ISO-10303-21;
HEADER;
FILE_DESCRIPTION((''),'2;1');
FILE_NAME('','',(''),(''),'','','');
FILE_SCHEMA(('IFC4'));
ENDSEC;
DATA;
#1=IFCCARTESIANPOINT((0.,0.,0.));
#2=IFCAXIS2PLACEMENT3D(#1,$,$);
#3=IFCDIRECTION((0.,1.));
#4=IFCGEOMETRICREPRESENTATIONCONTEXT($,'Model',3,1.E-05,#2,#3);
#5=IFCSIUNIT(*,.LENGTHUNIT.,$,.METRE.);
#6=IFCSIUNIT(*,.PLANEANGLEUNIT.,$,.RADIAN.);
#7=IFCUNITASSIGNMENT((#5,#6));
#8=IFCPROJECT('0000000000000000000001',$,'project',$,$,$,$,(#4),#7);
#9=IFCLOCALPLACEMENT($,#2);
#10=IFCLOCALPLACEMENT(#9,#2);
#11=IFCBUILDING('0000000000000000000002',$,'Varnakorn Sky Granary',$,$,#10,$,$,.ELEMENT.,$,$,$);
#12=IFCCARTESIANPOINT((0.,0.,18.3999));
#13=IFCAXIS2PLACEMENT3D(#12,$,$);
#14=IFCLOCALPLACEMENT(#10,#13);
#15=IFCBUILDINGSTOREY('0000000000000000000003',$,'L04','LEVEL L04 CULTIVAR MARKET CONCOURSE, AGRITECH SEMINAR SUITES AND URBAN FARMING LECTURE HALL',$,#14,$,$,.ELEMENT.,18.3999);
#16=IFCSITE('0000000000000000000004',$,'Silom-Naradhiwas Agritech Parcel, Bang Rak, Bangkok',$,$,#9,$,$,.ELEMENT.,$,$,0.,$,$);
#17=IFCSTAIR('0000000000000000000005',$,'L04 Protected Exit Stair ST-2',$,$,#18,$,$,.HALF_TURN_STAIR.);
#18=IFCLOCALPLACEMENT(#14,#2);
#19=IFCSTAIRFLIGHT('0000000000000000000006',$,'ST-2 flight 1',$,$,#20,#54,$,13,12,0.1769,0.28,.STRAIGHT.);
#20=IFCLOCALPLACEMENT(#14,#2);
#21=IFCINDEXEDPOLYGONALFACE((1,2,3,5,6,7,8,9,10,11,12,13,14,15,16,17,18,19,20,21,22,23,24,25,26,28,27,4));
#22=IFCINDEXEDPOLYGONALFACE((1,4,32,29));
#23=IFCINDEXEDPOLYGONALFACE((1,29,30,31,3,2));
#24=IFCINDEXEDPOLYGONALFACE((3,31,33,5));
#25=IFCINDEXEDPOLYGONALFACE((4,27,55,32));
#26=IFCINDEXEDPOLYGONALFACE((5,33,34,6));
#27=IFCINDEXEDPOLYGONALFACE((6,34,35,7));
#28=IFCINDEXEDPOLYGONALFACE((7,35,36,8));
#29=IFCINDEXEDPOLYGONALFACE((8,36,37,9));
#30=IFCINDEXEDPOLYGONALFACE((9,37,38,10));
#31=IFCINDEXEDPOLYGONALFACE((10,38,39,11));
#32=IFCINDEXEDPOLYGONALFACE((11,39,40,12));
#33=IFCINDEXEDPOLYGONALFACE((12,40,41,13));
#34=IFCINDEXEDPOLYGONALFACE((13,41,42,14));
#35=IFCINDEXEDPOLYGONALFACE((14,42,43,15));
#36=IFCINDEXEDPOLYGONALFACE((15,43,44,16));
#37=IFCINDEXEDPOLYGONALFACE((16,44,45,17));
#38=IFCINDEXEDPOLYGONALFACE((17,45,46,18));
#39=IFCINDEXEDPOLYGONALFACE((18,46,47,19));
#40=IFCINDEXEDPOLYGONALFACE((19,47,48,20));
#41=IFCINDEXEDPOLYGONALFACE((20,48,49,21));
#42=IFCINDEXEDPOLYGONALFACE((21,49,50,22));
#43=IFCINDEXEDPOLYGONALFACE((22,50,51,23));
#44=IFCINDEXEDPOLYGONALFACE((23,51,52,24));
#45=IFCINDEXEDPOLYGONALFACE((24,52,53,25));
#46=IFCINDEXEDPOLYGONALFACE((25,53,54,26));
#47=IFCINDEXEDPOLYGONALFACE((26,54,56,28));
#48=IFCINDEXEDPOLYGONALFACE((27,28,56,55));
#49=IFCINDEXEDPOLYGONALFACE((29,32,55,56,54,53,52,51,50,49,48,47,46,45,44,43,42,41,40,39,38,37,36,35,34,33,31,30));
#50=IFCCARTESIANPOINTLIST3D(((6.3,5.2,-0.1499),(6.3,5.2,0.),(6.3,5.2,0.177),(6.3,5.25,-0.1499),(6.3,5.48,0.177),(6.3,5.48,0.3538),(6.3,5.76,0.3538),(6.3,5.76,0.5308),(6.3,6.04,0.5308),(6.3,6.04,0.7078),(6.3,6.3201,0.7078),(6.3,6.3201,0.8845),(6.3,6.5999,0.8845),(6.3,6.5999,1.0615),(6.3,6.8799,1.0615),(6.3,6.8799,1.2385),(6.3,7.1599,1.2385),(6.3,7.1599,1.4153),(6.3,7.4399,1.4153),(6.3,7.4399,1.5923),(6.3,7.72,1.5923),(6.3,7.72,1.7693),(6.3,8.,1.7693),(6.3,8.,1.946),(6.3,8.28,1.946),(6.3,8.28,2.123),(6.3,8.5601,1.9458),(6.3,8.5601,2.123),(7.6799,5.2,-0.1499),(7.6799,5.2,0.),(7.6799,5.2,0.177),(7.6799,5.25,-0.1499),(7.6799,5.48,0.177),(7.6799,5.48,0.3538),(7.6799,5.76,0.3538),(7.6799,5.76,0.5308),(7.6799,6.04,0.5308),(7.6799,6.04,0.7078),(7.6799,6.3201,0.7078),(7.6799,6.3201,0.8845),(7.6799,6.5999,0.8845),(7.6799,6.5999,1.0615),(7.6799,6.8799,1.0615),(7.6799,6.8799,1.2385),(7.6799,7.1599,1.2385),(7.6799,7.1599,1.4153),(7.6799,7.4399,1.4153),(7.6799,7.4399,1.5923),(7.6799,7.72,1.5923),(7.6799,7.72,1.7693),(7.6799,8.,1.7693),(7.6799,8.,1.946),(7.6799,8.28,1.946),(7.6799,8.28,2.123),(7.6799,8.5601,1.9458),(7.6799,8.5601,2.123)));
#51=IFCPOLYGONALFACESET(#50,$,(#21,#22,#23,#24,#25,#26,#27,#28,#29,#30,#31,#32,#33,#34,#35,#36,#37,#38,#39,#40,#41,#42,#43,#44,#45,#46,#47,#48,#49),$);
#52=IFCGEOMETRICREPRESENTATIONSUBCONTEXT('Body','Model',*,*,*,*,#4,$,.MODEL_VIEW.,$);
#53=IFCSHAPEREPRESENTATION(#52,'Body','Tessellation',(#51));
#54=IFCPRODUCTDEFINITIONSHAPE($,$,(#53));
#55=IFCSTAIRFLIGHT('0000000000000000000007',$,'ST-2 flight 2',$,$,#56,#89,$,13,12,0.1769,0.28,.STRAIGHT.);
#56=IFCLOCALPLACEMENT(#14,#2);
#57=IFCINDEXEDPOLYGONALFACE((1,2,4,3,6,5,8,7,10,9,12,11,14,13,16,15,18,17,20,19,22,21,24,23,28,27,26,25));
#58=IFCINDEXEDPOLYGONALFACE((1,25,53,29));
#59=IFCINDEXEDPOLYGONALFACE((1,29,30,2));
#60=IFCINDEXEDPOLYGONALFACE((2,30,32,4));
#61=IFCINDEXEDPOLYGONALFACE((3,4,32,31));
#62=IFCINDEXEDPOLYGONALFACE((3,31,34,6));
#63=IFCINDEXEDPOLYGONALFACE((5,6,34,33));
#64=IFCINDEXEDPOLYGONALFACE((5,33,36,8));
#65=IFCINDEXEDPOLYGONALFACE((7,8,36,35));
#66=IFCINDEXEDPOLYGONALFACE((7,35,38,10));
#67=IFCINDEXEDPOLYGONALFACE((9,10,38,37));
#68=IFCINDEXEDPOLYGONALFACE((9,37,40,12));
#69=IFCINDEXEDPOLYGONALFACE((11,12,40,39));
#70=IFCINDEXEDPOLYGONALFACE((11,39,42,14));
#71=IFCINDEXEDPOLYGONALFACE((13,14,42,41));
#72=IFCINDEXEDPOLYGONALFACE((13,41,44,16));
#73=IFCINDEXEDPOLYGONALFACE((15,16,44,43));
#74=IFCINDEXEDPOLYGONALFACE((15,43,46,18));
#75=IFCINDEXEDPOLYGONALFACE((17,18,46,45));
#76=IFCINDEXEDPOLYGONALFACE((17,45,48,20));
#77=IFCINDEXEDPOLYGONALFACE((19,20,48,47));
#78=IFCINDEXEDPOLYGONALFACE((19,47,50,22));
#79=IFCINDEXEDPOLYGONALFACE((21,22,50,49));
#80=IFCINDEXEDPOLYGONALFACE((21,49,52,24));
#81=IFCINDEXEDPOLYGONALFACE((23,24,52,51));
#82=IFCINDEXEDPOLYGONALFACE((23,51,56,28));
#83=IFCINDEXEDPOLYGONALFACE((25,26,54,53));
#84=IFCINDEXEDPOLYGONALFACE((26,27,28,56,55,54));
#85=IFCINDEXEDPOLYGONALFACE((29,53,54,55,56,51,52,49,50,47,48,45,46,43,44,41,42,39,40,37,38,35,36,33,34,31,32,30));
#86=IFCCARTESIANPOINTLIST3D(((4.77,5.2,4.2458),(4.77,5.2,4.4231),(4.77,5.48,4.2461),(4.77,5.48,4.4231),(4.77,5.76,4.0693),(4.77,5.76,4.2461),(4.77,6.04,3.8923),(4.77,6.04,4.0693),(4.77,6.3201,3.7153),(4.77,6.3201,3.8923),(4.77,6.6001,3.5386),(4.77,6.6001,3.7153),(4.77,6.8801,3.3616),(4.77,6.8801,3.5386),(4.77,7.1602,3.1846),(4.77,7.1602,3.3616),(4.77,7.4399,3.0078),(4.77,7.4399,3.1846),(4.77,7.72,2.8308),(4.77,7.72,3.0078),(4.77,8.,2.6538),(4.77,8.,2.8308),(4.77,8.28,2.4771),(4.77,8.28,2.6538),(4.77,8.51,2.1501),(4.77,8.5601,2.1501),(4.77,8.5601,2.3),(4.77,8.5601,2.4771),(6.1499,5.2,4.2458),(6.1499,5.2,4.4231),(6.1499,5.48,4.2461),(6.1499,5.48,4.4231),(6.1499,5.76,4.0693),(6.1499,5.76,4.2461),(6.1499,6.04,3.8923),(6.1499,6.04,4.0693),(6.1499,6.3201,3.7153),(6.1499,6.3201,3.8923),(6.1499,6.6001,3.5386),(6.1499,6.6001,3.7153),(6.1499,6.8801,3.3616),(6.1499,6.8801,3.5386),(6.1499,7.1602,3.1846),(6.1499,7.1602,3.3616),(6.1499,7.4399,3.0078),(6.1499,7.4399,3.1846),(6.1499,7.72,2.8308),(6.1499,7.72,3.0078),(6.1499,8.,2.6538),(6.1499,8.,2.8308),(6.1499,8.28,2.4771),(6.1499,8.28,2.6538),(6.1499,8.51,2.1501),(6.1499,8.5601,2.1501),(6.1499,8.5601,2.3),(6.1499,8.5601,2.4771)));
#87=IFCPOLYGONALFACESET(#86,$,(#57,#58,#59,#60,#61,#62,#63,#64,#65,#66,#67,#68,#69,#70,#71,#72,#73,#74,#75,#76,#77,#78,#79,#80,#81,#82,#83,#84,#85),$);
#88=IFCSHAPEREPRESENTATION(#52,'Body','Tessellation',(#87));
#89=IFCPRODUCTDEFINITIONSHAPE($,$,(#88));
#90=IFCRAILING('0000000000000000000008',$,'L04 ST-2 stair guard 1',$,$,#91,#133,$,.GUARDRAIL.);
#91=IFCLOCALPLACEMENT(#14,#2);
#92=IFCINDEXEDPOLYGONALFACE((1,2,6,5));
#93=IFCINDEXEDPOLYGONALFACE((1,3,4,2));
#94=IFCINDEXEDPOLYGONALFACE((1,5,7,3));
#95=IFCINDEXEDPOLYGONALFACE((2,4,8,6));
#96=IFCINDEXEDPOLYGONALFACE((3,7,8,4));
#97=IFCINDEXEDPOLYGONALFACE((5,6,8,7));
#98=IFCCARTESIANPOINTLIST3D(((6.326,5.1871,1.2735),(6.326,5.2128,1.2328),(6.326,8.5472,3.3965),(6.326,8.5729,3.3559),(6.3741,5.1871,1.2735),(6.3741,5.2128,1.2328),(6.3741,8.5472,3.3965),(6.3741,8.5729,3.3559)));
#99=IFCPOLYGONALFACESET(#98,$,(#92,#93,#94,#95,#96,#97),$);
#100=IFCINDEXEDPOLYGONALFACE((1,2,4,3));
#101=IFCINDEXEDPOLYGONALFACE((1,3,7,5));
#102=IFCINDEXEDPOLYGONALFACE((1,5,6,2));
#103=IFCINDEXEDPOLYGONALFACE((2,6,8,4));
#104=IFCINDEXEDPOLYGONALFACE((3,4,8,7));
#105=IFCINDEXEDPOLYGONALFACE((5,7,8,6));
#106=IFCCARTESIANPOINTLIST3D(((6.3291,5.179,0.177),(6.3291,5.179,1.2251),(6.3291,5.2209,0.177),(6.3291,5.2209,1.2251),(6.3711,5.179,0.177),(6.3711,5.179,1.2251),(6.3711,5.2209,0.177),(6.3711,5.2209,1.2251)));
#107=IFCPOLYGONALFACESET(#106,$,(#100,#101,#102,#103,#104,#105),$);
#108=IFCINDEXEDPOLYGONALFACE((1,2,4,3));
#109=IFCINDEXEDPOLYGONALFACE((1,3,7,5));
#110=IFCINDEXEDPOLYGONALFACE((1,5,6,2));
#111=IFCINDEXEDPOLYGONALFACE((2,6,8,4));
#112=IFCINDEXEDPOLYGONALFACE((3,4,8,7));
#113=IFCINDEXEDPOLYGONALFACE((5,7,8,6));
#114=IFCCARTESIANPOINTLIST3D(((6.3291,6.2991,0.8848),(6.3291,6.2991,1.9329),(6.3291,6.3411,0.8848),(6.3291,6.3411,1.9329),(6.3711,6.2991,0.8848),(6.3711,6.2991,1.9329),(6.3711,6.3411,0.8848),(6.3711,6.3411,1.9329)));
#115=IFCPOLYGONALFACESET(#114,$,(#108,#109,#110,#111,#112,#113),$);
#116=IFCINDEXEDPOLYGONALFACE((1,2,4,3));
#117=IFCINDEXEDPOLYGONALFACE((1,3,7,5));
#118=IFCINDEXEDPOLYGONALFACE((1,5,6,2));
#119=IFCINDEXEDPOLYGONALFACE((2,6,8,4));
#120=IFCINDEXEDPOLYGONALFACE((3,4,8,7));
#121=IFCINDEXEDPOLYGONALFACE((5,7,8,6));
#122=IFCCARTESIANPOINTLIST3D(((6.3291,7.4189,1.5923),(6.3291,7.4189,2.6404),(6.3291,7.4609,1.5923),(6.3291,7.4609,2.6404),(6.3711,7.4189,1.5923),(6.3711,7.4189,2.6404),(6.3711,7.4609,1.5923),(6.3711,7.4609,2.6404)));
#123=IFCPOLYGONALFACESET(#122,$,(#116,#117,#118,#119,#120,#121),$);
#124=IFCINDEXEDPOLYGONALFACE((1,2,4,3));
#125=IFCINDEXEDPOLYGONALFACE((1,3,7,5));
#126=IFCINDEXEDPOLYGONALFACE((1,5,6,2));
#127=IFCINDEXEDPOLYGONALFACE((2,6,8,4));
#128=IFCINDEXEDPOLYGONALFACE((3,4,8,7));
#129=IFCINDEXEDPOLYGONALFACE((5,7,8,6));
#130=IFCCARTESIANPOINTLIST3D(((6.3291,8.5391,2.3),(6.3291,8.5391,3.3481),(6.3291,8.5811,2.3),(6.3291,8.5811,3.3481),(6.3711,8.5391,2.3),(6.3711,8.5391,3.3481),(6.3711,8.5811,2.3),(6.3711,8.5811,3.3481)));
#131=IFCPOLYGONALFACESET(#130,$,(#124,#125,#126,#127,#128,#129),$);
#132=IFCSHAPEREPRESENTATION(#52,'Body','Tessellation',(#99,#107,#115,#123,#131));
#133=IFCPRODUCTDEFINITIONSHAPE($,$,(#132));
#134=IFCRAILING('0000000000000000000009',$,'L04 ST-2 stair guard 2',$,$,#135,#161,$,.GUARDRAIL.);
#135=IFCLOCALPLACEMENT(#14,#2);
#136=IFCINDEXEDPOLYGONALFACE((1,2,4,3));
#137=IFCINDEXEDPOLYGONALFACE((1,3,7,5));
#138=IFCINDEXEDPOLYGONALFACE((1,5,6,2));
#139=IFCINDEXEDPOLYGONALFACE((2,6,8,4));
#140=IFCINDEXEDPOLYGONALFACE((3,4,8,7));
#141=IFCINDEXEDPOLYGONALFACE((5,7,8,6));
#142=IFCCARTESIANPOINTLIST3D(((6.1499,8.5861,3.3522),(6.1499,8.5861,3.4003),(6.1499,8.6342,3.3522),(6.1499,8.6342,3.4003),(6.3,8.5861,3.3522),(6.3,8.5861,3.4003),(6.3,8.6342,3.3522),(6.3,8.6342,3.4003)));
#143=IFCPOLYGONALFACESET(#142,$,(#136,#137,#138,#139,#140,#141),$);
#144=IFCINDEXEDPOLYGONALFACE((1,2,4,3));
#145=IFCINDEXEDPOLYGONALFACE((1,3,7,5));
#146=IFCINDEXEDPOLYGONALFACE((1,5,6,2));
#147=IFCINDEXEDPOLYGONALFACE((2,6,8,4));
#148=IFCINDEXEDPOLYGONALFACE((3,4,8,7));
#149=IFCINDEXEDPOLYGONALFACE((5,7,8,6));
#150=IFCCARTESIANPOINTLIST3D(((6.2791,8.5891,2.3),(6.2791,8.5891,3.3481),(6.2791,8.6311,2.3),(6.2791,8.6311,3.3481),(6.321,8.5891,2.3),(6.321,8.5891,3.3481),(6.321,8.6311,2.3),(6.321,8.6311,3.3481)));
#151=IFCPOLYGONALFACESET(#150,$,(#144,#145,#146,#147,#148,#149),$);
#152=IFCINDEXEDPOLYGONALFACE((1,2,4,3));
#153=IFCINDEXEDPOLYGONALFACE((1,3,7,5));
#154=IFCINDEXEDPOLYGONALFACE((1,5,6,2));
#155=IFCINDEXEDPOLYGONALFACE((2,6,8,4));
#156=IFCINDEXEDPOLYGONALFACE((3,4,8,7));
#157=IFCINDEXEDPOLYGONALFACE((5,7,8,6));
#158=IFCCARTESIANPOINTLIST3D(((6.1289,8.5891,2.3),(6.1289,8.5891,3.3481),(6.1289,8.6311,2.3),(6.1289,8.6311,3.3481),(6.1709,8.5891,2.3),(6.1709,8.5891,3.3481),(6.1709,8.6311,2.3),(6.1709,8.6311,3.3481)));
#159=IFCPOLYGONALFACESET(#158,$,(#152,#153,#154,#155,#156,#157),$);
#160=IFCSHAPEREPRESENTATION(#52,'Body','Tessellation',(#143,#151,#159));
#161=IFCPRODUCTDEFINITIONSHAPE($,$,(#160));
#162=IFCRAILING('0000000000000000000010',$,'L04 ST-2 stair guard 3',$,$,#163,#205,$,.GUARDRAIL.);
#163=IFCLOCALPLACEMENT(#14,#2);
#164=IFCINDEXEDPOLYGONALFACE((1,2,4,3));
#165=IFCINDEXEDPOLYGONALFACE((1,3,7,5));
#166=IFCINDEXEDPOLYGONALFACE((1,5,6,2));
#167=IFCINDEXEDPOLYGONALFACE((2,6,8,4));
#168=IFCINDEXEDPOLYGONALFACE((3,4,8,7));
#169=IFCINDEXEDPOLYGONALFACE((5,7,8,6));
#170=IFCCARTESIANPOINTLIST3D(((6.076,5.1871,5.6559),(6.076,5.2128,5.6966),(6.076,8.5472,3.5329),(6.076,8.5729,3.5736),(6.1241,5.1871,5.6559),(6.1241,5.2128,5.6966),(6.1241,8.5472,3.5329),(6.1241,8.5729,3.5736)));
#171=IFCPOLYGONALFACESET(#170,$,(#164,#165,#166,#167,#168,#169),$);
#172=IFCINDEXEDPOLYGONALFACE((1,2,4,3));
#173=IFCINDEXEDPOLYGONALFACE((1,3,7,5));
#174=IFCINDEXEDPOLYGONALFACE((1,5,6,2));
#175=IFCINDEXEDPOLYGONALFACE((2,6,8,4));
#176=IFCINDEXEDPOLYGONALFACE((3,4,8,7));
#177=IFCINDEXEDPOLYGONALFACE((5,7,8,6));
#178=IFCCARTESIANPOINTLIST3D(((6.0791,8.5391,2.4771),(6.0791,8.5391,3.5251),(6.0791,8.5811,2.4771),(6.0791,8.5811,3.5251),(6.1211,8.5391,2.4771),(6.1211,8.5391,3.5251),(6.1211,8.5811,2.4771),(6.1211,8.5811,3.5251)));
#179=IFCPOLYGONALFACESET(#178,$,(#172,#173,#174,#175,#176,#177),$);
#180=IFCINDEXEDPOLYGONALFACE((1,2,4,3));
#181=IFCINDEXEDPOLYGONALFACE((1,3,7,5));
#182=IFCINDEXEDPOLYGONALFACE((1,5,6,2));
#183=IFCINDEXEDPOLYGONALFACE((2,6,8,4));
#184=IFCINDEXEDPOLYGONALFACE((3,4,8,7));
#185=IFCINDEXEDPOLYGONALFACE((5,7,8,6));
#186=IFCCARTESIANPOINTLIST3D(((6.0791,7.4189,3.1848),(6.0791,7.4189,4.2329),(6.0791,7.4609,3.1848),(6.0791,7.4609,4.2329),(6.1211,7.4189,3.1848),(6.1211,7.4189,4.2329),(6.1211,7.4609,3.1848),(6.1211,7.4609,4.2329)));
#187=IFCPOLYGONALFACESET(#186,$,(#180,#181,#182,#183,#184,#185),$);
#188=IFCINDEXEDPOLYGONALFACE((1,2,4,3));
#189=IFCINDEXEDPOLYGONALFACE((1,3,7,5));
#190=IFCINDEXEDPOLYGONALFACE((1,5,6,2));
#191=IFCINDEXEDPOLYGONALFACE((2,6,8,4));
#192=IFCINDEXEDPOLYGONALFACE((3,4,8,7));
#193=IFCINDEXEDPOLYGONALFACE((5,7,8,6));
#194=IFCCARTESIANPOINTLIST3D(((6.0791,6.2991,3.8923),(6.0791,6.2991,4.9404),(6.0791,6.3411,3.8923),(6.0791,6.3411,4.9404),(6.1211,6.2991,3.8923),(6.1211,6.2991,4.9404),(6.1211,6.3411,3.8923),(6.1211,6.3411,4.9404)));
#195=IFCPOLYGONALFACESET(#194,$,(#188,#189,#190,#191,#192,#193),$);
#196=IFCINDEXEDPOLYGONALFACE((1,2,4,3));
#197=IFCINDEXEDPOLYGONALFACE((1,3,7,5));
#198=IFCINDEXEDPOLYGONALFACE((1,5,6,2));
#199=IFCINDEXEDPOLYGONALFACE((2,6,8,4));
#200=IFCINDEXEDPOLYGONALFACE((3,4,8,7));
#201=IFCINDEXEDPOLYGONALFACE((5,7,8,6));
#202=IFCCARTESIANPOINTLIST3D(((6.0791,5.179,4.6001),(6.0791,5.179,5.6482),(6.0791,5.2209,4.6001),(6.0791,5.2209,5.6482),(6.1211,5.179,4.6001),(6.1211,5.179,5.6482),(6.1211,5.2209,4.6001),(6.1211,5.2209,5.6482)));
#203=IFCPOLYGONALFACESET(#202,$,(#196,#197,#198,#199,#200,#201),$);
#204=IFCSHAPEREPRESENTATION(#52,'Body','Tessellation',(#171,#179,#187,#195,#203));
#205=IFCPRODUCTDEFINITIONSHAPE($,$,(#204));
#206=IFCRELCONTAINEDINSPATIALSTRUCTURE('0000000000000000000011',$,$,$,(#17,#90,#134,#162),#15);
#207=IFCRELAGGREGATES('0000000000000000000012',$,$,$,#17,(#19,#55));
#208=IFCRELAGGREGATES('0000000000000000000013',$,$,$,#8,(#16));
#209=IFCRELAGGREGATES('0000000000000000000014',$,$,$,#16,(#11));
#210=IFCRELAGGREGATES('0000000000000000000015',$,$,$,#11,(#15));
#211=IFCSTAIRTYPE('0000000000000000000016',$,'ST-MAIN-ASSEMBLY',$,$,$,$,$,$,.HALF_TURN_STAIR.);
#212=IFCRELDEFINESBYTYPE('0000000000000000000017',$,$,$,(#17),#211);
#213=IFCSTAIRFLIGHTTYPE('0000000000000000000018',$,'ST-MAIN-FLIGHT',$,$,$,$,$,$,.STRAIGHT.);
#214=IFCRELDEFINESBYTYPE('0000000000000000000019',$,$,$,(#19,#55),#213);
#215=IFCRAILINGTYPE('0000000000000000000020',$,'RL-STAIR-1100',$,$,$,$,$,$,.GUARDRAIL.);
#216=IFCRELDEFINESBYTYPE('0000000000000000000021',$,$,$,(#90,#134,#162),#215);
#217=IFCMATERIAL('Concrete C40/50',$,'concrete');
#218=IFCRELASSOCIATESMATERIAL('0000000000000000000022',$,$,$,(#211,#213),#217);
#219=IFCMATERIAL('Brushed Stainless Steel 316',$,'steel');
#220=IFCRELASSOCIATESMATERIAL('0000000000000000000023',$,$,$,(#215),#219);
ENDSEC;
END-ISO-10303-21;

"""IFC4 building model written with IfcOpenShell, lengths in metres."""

from ifc_helpers import new_model, si_unit, direction, frame, origin, origin_2d, place, context, subcontext, project, spatial, polyline, rectangle, outline, extrude, material, type_object, element, aggregate, save


model = new_model("IFC4")

# Units and contexts
model_context = context("Model", 3, precision=1e-05, world=origin(), true_north=direction((0.0, 1.0)))
body_context = subcontext(model_context, "Body", "Model", "MODEL_VIEW")
ifc_project = project(units=[si_unit("LENGTHUNIT", "METRE"), si_unit("PLANEANGLEUNIT", "RADIAN")], contexts=[model_context])

# Site, building, storey
site_placement = place(None, origin())
site = spatial("IfcSite", under=ifc_project, at=site_placement, Name="Silom-Naradhiwas Agritech Parcel, Bang Rak, Bangkok", CompositionType="ELEMENT", RefElevation=0.0)
building_placement = place(site_placement, origin())
building = spatial("IfcBuilding", under=site, at=building_placement, Name="Varnakorn Sky Granary", CompositionType="ELEMENT")
storey_placement = place(building_placement, frame((0.0, 0.0, 18.3999)))
storey = spatial("IfcBuildingStorey", under=building, at=storey_placement, Name="L04", Description="LEVEL L04 CULTIVAR MARKET CONCOURSE, AGRITECH SEMINAR SUITES AND URBAN FARMING LECTURE HALL", CompositionType="ELEMENT", Elevation=18.3999)

# Shared definitions
ifc_material_1 = material(Name="Concrete C40/50", Category="concrete")
stair_type = type_object("IfcStairType", Name="ST-MAIN-ASSEMBLY", PredefinedType="HALF_TURN_STAIR", material=ifc_material_1)
stair_flight_type = type_object("IfcStairFlightType", Name="ST-MAIN-FLIGHT", PredefinedType="STRAIGHT", material=ifc_material_1)

# Stair, stair flights
stair_1_placement = place(storey_placement, origin())
stair_1 = element("IfcStair", 1, at=stair_1_placement, inside=storey, type_object=stair_type, Name="L04 Protected Exit Stair ST-2", PredefinedType="HALF_TURN_STAIR")
stair_flight_1_placement = place(storey_placement, frame((6.99, 5.2, 0.0), z_axis=(0.0, 0.0, 1.0), x_axis=(0.0, 1.0, 0.0)))
stair_flight_1 = element("IfcStairFlight", 2, at=stair_flight_1_placement, type_object=stair_flight_type, Name="ST-2 flight 1", NumberOfRisers=13, NumberOfTreads=12, PredefinedType="STRAIGHT", RiserHeight=0.1769, TreadLength=0.28, context=body_context, shape_type="SweptSolid", body=[
    extrude(outline(polyline([(0.0, -0.1499), (0.0, 0.0), (0.0, 0.177), (0.28, 0.177), (0.28, 0.3538), (0.5601, 0.3538), (0.5601, 0.5308), (0.8401, 0.5308), (0.8401, 0.7078), (1.1201, 0.7078), (1.1201, 0.8845), (1.3999, 0.8845), (1.3999, 1.0615), (1.6799, 1.0615), (1.6799, 1.2385), (1.96, 1.2385), (1.96, 1.4153), (2.24, 1.4153), (2.24, 1.5923), (2.52, 1.5923), (2.52, 1.7693), (2.8, 1.7693), (2.8, 1.946), (3.0801, 1.946), (3.0801, 2.123), (3.3601, 2.123), (3.3601, 2.3), (3.3601, 1.9458), (0.05, -0.1499), (0.0, -0.1499)])), frame((0.0, 0.6899, 0.0), z_axis=(0.0, -1.0, 0.0), x_axis=(1.0, 0.0, 0.0)), (0.0, 0.0, 1.0), 1.3799),
])
stair_flight_2_placement = place(storey_placement, frame((5.46, 8.5601, 2.3), z_axis=(0.0, 0.0, 1.0), x_axis=(0.0, -1.0, 0.0)))
stair_flight_2 = element("IfcStairFlight", 3, at=stair_flight_2_placement, type_object=stair_flight_type, Name="ST-2 flight 2", NumberOfRisers=13, NumberOfTreads=12, PredefinedType="STRAIGHT", RiserHeight=0.1769, TreadLength=0.28, context=body_context, shape_type="SweptSolid", body=[
    extrude(outline(polyline([(0.0, -0.1499), (0.0, 0.0), (0.0, 0.177), (0.28, 0.177), (0.28, 0.3538), (0.5601, 0.3538), (0.5601, 0.5308), (0.8401, 0.5308), (0.8401, 0.7078), (1.1201, 0.7078), (1.1201, 0.8845), (1.3999, 0.8845), (1.3999, 1.0615), (1.6799, 1.0615), (1.6799, 1.2385), (1.96, 1.2385), (1.96, 1.4153), (2.24, 1.4153), (2.24, 1.5923), (2.52, 1.5923), (2.52, 1.7693), (2.8, 1.7693), (2.8, 1.946), (3.0801, 1.946), (3.0801, 2.123), (3.3601, 2.123), (3.3601, 2.3), (3.3601, 1.9458), (0.05, -0.1499), (0.0, -0.1499)])), frame((0.0, 0.6899, 0.0), z_axis=(0.0, -1.0, 0.0), x_axis=(1.0, 0.0, 0.0)), (0.0, 0.0, 1.0), 1.3799),
])
aggregate(stair_1, [stair_flight_1, stair_flight_2])

# Railings
ifc_material_2 = material(Name="Brushed Stainless Steel 316", Category="steel")
railing_type_1 = type_object("IfcRailingType", Name="RL-STAIR-1100", PredefinedType="GUARDRAIL", material=ifc_material_2)
railing_1_placement = place(storey_placement, frame((6.3501, 5.2, 0.177)))
element("IfcRailing", 4, at=railing_1_placement, inside=storey, type_object=railing_type_1, Name="L04 ST-2 stair guard 1", PredefinedType="GUARDRAIL", context=body_context, shape_type="SweptSolid", body=[
    extrude(rectangle(XDim=0.0481, YDim=0.0481, at=origin_2d()), frame((0.0, 0.0, 1.0762), z_axis=(0.0, 0.84539, 0.53415), x_axis=(-1.0, 0.0, 0.0)), (0.0, 0.0, 1.0), 3.9746),
    extrude(rectangle(XDim=0.042, YDim=0.042, at=origin_2d()), origin(), (0.0, 0.0, 1.0), 1.0481),
    extrude(rectangle(XDim=0.042, YDim=0.042, at=origin_2d()), frame((0.0, 1.1201, 0.7078)), (0.0, 0.0, 1.0), 1.0481),
    extrude(rectangle(XDim=0.042, YDim=0.042, at=origin_2d()), frame((0.0, 2.24, 1.4153)), (0.0, 0.0, 1.0), 1.0481),
    extrude(rectangle(XDim=0.042, YDim=0.042, at=origin_2d()), frame((0.0, 3.3601, 2.123)), (0.0, 0.0, 1.0), 1.0481),
])
railing_2_placement = place(storey_placement, frame((6.3, 8.6101, 2.3)))
element("IfcRailing", 5, at=railing_2_placement, inside=storey, type_object=railing_type_1, Name="L04 ST-2 stair guard 2", PredefinedType="GUARDRAIL", context=body_context, shape_type="SweptSolid", body=[
    extrude(rectangle(XDim=0.0481, YDim=0.0481, at=origin_2d()), frame((0.0, 0.0, 1.0762), z_axis=(-1.0, 0.0, 0.0), x_axis=(0.0, -1.0, 0.0)), (0.0, 0.0, 1.0), 0.1501),
    extrude(rectangle(XDim=0.042, YDim=0.042, at=origin_2d()), origin(), (0.0, 0.0, 1.0), 1.0481),
    extrude(rectangle(XDim=0.042, YDim=0.042, at=origin_2d()), frame((-0.1501, 0.0, 0.0)), (0.0, 0.0, 1.0), 1.0481),
])
railing_3_placement = place(storey_placement, frame((6.1001, 8.5601, 2.4771)))
element("IfcRailing", 6, at=railing_3_placement, inside=storey, type_object=railing_type_1, Name="L04 ST-2 stair guard 3", PredefinedType="GUARDRAIL", context=body_context, shape_type="SweptSolid", body=[
    extrude(rectangle(XDim=0.0481, YDim=0.0481, at=origin_2d()), frame((0.0, 0.0, 1.0762), z_axis=(0.0, -0.84539, 0.53415), x_axis=(1.0, 0.0, 0.0)), (0.0, 0.0, 1.0), 3.9746),
    extrude(rectangle(XDim=0.042, YDim=0.042, at=origin_2d()), origin(), (0.0, 0.0, 1.0), 1.0481),
    extrude(rectangle(XDim=0.042, YDim=0.042, at=origin_2d()), frame((0.0, -1.1201, 0.7078)), (0.0, 0.0, 1.0), 1.0481),
    extrude(rectangle(XDim=0.042, YDim=0.042, at=origin_2d()), frame((0.0, -2.24, 1.4153)), (0.0, 0.0, 1.0), 1.0481),
    extrude(rectangle(XDim=0.042, YDim=0.042, at=origin_2d()), frame((0.0, -3.3601, 2.123)), (0.0, 0.0, 1.0), 1.0481),
])

save(model, "model.ifc")
